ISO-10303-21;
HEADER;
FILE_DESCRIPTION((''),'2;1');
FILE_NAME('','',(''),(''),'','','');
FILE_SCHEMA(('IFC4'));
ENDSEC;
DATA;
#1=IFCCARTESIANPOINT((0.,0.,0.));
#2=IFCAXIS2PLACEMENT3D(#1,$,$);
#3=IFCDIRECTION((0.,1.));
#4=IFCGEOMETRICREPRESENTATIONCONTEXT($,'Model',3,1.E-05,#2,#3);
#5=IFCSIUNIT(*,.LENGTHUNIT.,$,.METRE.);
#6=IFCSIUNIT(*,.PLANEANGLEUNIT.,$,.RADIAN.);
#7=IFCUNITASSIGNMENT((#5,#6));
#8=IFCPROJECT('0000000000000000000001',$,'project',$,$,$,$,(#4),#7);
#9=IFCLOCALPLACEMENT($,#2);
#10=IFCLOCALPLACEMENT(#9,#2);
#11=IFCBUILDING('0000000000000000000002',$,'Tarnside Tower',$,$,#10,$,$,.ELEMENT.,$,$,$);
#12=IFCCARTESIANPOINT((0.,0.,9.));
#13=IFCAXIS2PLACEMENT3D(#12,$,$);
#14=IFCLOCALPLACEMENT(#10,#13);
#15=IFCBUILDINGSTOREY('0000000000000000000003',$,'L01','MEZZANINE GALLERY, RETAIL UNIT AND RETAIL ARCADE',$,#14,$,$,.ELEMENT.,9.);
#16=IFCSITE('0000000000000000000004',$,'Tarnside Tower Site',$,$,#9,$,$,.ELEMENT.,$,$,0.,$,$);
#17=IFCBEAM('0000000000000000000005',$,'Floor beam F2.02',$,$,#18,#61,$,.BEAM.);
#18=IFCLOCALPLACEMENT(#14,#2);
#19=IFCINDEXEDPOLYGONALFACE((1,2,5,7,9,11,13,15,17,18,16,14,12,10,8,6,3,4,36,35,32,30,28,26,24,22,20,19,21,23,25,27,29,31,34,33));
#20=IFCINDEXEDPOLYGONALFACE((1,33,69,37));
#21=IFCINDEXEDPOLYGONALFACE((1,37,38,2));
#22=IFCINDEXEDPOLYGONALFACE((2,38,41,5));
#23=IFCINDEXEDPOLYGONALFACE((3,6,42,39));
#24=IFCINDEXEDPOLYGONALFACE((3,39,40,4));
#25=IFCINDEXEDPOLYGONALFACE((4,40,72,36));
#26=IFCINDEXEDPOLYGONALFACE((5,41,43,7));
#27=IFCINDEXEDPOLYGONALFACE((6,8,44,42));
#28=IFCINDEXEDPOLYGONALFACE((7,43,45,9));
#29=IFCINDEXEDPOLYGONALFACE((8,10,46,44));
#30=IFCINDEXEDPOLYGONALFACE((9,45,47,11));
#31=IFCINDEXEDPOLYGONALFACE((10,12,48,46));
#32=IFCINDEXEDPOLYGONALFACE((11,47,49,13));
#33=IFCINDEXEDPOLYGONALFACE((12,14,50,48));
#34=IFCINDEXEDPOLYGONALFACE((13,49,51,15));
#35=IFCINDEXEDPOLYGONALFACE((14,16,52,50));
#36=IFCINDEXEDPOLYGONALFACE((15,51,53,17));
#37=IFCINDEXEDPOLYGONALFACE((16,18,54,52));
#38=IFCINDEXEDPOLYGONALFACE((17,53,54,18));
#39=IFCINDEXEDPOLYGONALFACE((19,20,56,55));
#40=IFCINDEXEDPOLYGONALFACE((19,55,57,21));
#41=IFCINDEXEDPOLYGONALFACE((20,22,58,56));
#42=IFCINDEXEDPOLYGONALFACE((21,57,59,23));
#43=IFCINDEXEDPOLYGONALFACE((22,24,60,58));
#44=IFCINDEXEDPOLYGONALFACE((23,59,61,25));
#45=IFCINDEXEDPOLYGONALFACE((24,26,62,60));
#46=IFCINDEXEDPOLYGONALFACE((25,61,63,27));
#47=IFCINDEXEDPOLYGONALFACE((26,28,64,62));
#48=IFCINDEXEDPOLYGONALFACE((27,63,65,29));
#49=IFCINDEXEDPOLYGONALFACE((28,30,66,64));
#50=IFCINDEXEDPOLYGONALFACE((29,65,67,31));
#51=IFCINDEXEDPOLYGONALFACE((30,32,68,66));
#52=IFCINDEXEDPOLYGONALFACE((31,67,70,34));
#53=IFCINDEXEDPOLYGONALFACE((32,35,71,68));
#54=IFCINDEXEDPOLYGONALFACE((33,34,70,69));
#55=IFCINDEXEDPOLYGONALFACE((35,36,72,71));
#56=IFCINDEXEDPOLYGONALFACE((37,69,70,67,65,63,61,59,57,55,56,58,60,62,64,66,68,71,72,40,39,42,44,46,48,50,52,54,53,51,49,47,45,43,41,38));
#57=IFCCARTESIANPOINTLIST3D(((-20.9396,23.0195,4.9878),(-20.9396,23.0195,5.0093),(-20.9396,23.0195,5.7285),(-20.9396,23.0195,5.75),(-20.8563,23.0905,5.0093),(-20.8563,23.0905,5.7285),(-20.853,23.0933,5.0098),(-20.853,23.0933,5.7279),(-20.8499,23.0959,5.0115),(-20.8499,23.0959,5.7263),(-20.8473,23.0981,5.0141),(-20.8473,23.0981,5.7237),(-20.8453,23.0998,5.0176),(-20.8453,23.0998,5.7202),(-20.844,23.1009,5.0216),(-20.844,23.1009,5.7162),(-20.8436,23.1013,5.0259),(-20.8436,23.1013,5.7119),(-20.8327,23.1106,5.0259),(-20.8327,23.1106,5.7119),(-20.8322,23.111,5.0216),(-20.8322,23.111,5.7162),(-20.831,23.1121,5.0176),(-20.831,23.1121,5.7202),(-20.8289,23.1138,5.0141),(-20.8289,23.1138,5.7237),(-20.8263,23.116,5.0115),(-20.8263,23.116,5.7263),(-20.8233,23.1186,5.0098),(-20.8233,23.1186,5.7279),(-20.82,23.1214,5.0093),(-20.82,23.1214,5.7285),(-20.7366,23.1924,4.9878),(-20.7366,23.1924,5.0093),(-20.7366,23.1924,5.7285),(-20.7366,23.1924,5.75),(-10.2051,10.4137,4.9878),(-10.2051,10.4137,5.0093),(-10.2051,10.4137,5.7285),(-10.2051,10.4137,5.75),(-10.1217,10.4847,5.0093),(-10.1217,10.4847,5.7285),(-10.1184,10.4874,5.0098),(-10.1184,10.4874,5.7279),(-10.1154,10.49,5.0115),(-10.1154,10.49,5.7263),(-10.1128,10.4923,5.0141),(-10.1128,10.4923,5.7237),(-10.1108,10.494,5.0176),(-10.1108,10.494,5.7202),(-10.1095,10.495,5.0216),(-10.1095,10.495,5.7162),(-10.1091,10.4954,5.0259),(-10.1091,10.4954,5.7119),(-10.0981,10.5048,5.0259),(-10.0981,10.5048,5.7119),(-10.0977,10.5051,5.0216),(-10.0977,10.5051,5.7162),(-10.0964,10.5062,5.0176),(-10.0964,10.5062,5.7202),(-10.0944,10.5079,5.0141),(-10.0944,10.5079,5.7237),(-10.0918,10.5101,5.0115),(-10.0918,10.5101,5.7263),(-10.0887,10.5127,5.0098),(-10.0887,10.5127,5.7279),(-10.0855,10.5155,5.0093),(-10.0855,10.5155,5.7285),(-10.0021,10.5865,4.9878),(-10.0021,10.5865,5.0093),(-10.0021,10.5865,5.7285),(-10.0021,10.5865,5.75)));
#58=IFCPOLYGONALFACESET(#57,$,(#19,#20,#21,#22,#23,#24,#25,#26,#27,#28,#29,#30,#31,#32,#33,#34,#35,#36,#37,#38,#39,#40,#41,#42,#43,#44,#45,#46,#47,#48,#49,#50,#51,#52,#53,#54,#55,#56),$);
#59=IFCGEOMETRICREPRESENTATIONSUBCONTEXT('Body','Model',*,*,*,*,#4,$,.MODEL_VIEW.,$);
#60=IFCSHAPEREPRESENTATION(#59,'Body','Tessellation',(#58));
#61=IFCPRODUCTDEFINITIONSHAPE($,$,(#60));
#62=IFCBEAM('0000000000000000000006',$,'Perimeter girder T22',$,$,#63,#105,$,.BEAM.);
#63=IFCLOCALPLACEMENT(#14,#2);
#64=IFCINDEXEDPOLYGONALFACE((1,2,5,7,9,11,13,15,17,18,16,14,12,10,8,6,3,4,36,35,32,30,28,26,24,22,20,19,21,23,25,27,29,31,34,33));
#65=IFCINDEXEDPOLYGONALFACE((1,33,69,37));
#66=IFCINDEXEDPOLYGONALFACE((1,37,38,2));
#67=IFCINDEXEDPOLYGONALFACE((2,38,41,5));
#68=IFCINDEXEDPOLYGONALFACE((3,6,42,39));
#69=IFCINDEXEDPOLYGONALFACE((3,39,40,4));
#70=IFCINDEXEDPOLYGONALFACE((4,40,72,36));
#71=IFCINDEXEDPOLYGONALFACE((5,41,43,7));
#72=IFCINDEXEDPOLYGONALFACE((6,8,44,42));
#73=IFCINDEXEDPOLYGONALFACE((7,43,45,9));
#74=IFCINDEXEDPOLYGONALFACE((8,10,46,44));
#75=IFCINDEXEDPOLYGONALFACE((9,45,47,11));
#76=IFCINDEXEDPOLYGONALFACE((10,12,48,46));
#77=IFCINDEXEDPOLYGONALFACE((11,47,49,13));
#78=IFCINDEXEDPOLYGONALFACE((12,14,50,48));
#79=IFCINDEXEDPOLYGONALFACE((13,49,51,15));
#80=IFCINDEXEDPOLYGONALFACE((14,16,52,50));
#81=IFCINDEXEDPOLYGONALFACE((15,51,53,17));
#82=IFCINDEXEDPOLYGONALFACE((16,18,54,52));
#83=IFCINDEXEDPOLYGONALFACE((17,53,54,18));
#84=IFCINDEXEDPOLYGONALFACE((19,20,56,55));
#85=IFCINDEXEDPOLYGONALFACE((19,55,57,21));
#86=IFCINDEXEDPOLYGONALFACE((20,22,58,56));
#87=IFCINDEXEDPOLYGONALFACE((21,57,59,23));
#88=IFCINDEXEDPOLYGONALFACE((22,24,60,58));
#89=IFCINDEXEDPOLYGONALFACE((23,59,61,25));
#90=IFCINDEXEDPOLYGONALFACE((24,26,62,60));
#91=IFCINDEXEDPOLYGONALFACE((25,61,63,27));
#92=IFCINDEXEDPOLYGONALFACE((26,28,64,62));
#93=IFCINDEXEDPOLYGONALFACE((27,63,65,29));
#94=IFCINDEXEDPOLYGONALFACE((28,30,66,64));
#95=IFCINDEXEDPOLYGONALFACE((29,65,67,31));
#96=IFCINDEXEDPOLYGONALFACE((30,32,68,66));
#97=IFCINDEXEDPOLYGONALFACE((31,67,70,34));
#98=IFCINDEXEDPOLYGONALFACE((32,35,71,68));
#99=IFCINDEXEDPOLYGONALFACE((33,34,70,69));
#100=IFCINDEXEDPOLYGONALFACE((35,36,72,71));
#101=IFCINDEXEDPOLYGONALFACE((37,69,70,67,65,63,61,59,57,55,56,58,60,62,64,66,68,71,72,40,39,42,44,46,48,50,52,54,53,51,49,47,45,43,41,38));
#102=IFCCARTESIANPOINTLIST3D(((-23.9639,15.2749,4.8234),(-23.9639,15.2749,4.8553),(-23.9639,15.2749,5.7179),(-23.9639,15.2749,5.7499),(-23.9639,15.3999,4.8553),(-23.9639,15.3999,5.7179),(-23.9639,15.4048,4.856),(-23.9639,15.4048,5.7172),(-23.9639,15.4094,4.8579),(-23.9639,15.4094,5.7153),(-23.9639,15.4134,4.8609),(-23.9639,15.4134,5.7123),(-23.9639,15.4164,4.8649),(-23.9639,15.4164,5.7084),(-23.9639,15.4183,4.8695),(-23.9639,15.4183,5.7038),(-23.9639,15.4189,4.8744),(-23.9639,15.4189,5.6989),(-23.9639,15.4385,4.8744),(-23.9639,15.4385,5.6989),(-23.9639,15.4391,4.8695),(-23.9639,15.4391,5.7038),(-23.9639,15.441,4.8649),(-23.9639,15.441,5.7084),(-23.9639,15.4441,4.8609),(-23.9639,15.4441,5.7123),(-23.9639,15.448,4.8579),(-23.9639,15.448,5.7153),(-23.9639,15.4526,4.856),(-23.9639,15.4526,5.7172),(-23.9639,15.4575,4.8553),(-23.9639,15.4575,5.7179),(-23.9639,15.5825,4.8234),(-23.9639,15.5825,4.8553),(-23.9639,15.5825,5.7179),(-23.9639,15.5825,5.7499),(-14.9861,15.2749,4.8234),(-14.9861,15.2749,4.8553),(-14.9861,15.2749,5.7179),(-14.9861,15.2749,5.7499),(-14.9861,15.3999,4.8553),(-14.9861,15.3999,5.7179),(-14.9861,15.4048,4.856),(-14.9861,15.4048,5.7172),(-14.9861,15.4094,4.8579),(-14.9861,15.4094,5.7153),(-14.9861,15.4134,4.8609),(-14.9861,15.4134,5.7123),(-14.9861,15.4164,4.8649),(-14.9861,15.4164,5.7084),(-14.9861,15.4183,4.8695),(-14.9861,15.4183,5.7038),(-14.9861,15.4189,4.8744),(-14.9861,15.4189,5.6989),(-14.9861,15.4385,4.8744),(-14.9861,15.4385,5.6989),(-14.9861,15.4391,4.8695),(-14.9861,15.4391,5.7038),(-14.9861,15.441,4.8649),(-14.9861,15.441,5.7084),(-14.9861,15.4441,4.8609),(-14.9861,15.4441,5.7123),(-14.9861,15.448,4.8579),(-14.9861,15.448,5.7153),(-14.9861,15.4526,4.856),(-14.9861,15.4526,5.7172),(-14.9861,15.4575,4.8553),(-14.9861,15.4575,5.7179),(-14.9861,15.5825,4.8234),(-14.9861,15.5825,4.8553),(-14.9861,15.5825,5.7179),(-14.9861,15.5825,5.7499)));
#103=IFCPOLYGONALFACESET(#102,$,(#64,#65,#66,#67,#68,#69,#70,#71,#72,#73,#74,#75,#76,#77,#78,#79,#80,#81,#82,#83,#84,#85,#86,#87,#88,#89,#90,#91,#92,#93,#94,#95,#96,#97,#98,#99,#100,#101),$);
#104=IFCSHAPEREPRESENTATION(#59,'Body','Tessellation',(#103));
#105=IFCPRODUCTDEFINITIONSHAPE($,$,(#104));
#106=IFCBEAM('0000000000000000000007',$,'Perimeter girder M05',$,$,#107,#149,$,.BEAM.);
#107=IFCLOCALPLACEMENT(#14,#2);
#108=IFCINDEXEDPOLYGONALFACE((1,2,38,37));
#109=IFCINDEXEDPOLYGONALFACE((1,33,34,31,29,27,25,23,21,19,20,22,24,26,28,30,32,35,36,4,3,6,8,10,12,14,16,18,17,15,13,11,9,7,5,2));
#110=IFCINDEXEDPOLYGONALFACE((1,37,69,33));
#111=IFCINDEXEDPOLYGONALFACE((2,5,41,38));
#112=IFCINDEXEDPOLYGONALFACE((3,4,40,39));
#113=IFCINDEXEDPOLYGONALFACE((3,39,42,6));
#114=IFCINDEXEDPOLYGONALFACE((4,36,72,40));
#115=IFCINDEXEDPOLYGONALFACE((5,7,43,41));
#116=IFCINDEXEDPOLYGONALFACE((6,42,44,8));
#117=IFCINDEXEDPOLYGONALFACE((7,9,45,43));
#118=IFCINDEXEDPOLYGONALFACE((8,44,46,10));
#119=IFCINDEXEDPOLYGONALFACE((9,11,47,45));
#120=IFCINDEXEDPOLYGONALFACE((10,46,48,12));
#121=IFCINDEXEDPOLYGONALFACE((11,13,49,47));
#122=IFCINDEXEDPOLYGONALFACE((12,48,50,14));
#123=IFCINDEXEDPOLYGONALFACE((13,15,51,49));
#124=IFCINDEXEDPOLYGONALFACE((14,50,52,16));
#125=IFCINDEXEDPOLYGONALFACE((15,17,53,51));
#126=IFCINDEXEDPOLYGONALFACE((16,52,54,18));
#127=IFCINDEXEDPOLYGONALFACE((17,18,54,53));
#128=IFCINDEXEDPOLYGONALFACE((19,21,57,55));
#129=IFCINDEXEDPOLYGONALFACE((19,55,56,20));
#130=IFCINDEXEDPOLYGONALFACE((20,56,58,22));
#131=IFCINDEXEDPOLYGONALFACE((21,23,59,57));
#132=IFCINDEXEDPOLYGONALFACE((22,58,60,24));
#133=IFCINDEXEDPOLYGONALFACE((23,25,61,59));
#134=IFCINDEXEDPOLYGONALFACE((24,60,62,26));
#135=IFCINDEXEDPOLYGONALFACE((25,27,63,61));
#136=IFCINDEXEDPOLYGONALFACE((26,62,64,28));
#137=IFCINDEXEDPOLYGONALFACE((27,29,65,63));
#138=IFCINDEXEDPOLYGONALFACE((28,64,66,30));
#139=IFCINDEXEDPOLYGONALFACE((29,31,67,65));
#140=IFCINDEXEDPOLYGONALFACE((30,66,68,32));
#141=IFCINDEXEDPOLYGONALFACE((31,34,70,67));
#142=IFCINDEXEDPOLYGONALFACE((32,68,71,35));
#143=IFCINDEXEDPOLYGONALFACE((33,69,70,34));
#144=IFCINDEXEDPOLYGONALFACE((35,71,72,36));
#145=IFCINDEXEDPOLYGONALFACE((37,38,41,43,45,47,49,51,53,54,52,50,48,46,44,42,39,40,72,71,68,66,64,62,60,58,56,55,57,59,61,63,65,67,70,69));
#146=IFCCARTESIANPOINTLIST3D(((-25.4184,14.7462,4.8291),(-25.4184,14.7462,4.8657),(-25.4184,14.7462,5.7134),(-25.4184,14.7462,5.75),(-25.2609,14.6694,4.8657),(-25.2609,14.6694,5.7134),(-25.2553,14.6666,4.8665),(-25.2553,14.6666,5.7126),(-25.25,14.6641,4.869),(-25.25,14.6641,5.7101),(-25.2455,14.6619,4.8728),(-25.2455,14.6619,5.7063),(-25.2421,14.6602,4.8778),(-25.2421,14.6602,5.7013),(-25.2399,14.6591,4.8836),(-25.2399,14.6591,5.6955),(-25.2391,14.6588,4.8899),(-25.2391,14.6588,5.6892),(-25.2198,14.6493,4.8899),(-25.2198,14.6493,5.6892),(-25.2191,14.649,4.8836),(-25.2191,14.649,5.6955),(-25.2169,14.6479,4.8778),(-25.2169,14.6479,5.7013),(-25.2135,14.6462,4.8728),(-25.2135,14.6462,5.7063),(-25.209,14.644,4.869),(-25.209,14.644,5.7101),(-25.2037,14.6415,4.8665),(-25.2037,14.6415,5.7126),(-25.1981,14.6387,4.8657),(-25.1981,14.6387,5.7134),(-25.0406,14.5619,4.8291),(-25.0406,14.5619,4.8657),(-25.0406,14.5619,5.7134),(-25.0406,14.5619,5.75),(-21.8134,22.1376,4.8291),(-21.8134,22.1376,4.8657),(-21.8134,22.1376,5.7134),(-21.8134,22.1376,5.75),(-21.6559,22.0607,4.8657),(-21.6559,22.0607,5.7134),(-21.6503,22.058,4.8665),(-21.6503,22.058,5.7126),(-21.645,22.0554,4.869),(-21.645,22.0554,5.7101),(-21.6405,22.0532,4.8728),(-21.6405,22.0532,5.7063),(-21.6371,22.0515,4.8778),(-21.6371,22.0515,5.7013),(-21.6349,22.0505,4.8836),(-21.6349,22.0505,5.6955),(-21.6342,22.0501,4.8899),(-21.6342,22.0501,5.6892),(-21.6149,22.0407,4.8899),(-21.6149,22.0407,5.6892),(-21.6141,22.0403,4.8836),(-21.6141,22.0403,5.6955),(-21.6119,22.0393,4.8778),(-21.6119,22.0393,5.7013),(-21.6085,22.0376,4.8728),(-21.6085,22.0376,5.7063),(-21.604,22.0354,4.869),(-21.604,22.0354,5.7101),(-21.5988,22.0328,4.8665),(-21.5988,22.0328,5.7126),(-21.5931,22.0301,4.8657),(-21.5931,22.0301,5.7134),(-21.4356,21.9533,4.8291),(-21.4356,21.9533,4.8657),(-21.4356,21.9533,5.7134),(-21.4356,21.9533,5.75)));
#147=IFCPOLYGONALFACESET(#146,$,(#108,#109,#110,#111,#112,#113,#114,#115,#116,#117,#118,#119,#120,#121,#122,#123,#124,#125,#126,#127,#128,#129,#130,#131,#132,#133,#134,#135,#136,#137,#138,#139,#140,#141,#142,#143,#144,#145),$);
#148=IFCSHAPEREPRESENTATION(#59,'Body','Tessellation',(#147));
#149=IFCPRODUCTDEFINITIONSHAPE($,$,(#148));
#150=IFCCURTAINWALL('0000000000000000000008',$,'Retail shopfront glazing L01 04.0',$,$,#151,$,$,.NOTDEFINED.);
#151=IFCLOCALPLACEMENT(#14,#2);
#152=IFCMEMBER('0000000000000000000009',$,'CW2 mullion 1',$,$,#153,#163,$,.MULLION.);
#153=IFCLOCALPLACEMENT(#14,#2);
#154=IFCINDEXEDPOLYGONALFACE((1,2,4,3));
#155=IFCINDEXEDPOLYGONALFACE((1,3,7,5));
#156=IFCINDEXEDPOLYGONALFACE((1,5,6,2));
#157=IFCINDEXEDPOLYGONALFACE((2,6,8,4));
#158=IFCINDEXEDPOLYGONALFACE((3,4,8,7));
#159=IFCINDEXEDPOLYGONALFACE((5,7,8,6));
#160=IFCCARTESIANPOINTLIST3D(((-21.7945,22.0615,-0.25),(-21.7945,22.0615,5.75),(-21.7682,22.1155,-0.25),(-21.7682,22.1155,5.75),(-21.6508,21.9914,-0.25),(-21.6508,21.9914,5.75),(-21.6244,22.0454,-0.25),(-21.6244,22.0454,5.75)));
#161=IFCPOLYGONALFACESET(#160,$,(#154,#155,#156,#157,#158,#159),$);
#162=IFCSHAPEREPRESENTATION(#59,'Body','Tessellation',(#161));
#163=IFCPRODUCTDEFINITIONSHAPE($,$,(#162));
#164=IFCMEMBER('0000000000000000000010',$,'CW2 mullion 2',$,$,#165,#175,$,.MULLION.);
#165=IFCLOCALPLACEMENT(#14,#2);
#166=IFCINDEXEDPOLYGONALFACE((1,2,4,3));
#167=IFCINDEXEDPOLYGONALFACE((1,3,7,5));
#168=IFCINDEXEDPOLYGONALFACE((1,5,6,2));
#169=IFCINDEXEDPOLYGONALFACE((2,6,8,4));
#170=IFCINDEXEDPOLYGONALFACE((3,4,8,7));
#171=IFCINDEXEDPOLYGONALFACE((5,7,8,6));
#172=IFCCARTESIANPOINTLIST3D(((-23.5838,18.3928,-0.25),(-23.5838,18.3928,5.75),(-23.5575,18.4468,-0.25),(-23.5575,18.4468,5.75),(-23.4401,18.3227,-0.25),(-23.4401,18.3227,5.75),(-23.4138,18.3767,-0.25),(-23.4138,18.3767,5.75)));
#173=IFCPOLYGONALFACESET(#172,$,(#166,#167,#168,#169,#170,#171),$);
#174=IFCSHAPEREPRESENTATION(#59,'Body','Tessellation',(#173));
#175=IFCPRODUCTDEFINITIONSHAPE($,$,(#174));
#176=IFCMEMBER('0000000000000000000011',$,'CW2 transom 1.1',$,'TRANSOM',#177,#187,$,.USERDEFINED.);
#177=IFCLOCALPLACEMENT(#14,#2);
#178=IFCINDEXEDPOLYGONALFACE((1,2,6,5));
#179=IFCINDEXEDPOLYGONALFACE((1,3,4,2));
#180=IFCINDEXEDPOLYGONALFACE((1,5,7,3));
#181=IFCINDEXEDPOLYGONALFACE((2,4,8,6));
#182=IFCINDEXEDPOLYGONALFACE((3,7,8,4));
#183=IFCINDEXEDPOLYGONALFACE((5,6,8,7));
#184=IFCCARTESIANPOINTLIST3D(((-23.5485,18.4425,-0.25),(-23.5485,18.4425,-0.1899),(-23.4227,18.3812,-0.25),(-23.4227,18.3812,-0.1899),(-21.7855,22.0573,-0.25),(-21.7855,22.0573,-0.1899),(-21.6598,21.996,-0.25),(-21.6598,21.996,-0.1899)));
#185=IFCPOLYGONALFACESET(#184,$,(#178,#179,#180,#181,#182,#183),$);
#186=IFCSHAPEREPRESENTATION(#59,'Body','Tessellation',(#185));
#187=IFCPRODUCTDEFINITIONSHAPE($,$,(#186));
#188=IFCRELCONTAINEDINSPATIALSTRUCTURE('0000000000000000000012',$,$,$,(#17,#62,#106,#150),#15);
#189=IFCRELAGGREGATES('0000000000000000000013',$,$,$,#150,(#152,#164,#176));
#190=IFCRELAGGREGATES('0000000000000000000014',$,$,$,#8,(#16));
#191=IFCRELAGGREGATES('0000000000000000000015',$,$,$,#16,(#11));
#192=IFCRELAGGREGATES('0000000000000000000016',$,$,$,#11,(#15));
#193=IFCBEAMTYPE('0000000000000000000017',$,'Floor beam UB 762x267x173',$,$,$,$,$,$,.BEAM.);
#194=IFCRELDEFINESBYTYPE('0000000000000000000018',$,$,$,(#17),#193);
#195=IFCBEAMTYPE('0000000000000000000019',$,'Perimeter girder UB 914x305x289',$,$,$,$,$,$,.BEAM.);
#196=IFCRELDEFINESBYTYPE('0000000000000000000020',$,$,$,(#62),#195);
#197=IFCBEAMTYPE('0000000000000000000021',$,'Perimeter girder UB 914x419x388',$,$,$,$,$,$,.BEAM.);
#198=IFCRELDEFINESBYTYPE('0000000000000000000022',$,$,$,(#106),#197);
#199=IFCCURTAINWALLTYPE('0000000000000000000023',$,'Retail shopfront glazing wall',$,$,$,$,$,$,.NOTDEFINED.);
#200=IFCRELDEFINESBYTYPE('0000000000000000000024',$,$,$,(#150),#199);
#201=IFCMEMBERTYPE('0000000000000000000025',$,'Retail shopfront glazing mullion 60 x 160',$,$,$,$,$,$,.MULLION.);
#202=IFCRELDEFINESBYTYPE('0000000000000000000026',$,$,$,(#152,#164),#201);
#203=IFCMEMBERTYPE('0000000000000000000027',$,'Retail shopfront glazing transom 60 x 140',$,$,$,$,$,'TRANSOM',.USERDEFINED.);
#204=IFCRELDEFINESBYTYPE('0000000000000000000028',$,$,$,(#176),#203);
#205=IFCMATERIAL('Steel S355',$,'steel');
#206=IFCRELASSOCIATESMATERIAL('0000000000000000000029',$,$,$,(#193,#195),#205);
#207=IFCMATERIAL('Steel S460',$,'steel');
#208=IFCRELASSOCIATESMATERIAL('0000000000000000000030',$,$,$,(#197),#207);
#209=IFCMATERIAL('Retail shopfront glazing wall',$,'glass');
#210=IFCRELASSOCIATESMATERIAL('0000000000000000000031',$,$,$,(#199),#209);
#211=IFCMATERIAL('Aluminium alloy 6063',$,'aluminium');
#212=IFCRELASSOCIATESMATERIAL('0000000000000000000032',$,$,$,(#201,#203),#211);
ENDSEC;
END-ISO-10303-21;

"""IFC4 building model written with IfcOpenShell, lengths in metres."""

from ifc_helpers import new_model, si_unit, direction, frame, origin, origin_2d, place, context, subcontext, project, spatial, rectangle, i_section, extrude, material, material_profile, profile_set, type_object, element, aggregate, save


model = new_model("IFC4")

# Units and contexts
model_context = context("Model", 3, precision=1e-05, world=origin(), true_north=direction((0.0, 1.0)))
body_context = subcontext(model_context, "Body", "Model", "MODEL_VIEW")
ifc_project = project(units=[si_unit("LENGTHUNIT", "METRE"), si_unit("PLANEANGLEUNIT", "RADIAN")], contexts=[model_context])

# Site, building, storey
site_placement = place(None, origin())
site = spatial("IfcSite", under=ifc_project, at=site_placement, Name="Tarnside Tower Site", CompositionType="ELEMENT", RefElevation=0.0)
building_placement = place(site_placement, origin())
building = spatial("IfcBuilding", under=site, at=building_placement, Name="Tarnside Tower", CompositionType="ELEMENT")
storey_placement = place(building_placement, frame((0.0, 0.0, 9.0)))
storey = spatial("IfcBuildingStorey", under=building, at=storey_placement, Name="L01", Description="MEZZANINE GALLERY, RETAIL UNIT AND RETAIL ARCADE", CompositionType="ELEMENT", Elevation=9.0)

# Shared definitions
ifc_material_1 = material(Name="Steel S460", Category="steel")

# Beams
ifc_material_2 = material(Name="Steel S355", Category="steel")
ifc_material_profile_1 = material_profile(ifc_material_2, i_section(OverallWidth=0.2666, OverallDepth=0.7622, WebThickness=0.0144, FlangeThickness=0.0215, FilletRadius=0.0166, at=origin_2d()), Name="UB 762x267x173")
ifc_profile_set_1 = profile_set([ifc_material_profile_1], Name="Steel S355")
beam_type_1 = type_object("IfcBeamType", Name="Floor beam UB 762x267x173", PredefinedType="BEAM", material=ifc_profile_set_1)
beam_1_placement = place(storey_placement, frame((-20.8381, 23.106, 5.3689), z_axis=(0.648334, -0.761356, 0.0), x_axis=(0.761356, 0.648334, 0.0)))
element("IfcBeam", 1, at=beam_1_placement, inside=storey, type_object=beam_type_1, Name="Floor beam F2.02", PredefinedType="BEAM", context=body_context, shape_type="SweptSolid", body=[
    extrude(i_section(OverallWidth=0.2666, OverallDepth=0.7622, WebThickness=0.0144, FlangeThickness=0.0215, FilletRadius=0.0166, at=origin_2d()), origin(), (0.0, 0.0, 1.0), 16.5571),
])
ifc_material_profile_2 = material_profile(ifc_material_2, i_section(OverallWidth=0.3076, OverallDepth=0.9265, WebThickness=0.0195, FlangeThickness=0.032, FilletRadius=0.019, at=origin_2d()), Name="UB 914x305x289")
ifc_profile_set_2 = profile_set([ifc_material_profile_2], Name="Steel S355")
beam_type_2 = type_object("IfcBeamType", Name="Perimeter girder UB 914x305x289", PredefinedType="BEAM", material=ifc_profile_set_2)
beam_2_placement = place(storey_placement, frame((-23.9639, 15.4287, 5.2866), z_axis=(1.0, 0.0, 0.0), x_axis=(0.0, 1.0, 0.0)))
element("IfcBeam", 2, at=beam_2_placement, inside=storey, type_object=beam_type_2, Name="Perimeter girder T22", PredefinedType="BEAM", context=body_context, shape_type="SweptSolid", body=[
    extrude(i_section(OverallWidth=0.3076, OverallDepth=0.9265, WebThickness=0.0195, FlangeThickness=0.032, FilletRadius=0.019, at=origin_2d()), origin(), (0.0, 0.0, 1.0), 8.9778),
])
ifc_material_profile_3 = material_profile(ifc_material_1, i_section(OverallWidth=0.4204, OverallDepth=0.9209, WebThickness=0.0215, FlangeThickness=0.0366, FilletRadius=0.0242, at=origin_2d()), Name="UB 914x419x388")
ifc_profile_set_3 = profile_set([ifc_material_profile_3], Name="Steel S460")
beam_type_3 = type_object("IfcBeamType", Name="Perimeter girder UB 914x419x388", PredefinedType="BEAM", material=ifc_profile_set_3)
beam_3_placement = place(storey_placement, frame((-21.6245, 22.0454, 5.2896), z_axis=(-0.438369, -0.898795, 0.0), x_axis=(0.898795, -0.438369, 0.0)))
element("IfcBeam", 3, at=beam_3_placement, inside=storey, type_object=beam_type_3, Name="Perimeter girder M05", PredefinedType="BEAM", context=body_context, shape_type="SweptSolid", body=[
    extrude(i_section(OverallWidth=0.4204, OverallDepth=0.9209, WebThickness=0.0215, FlangeThickness=0.0366, FilletRadius=0.0242, at=origin_2d()), origin(), (0.0, 0.0, 1.0), 8.2236),
])

# Curtain wall, members
ifc_material_3 = material(Name="Retail shopfront glazing wall", Category="glass")
curtain_wall_type = type_object("IfcCurtainWallType", Name="Retail shopfront glazing wall", PredefinedType="NOTDEFINED", material=ifc_material_3)
curtain_wall_placement = place(storey_placement, origin())
curtain_wall = element("IfcCurtainWall", 4, at=curtain_wall_placement, inside=storey, type_object=curtain_wall_type, Name="Retail shopfront glazing L01 04.0", PredefinedType="NOTDEFINED")
ifc_material_4 = material(Name="Aluminium alloy 6063", Category="aluminium")
ifc_material_profile_4 = material_profile(ifc_material_4, rectangle(XDim=0.1599, YDim=0.0601, at=origin_2d()), Name="Retail shopfront glazing mullion 60 x 160")
ifc_profile_set_4 = profile_set([ifc_material_profile_4], Name="Aluminium alloy 6063")
member_type_1 = type_object("IfcMemberType", Name="Retail shopfront glazing mullion 60 x 160", PredefinedType="MULLION", material=ifc_profile_set_4)
member_1_placement = place(storey_placement, frame((-21.7095, 22.0535, -0.25), z_axis=(0.0, 0.0, 1.0), x_axis=(0.898794, -0.438371, 0.0)))
member_1 = element("IfcMember", 5, at=member_1_placement, type_object=member_type_1, Name="CW2 mullion 1", PredefinedType="MULLION", context=body_context, shape_type="SweptSolid", body=[
    extrude(rectangle(XDim=0.1599, YDim=0.0601, at=origin_2d()), origin(), (0.0, 0.0, 1.0), 6.0),
])
member_2_placement = place(storey_placement, frame((-23.4988, 18.3848, -0.25), z_axis=(0.0, 0.0, 1.0), x_axis=(0.898794, -0.438371, 0.0)))
member_2 = element("IfcMember", 6, at=member_2_placement, type_object=member_type_1, Name="CW2 mullion 2", PredefinedType="MULLION", context=body_context, shape_type="SweptSolid", body=[
    extrude(rectangle(XDim=0.1599, YDim=0.0601, at=origin_2d()), origin(), (0.0, 0.0, 1.0), 6.0),
])
ifc_material_profile_5 = material_profile(ifc_material_4, rectangle(XDim=0.1399, YDim=0.0601, at=origin_2d()), Name="Retail shopfront glazing transom 60 x 140")
ifc_profile_set_5 = profile_set([ifc_material_profile_5], Name="Aluminium alloy 6063")
member_type_2 = type_object("IfcMemberType", Name="Retail shopfront glazing transom 60 x 140", ElementType="TRANSOM", PredefinedType="USERDEFINED", material=ifc_profile_set_5)
member_3_placement = place(storey_placement, frame((-21.7227, 22.0266, -0.22), z_axis=(-0.438353, -0.898803, 0.0), x_axis=(0.898803, -0.438353, 0.0)))
member_3 = element("IfcMember", 7, at=member_3_placement, type_object=member_type_2, Name="CW2 transom 1.1", ObjectType="TRANSOM", PredefinedType="USERDEFINED", context=body_context, shape_type="SweptSolid", body=[
    extrude(rectangle(XDim=0.1399, YDim=0.0601, at=origin_2d()), origin(), (0.0, 0.0, 1.0), 4.0217),
])
aggregate(curtain_wall, [member_1, member_2, member_3])

save(model, "model.ifc")
